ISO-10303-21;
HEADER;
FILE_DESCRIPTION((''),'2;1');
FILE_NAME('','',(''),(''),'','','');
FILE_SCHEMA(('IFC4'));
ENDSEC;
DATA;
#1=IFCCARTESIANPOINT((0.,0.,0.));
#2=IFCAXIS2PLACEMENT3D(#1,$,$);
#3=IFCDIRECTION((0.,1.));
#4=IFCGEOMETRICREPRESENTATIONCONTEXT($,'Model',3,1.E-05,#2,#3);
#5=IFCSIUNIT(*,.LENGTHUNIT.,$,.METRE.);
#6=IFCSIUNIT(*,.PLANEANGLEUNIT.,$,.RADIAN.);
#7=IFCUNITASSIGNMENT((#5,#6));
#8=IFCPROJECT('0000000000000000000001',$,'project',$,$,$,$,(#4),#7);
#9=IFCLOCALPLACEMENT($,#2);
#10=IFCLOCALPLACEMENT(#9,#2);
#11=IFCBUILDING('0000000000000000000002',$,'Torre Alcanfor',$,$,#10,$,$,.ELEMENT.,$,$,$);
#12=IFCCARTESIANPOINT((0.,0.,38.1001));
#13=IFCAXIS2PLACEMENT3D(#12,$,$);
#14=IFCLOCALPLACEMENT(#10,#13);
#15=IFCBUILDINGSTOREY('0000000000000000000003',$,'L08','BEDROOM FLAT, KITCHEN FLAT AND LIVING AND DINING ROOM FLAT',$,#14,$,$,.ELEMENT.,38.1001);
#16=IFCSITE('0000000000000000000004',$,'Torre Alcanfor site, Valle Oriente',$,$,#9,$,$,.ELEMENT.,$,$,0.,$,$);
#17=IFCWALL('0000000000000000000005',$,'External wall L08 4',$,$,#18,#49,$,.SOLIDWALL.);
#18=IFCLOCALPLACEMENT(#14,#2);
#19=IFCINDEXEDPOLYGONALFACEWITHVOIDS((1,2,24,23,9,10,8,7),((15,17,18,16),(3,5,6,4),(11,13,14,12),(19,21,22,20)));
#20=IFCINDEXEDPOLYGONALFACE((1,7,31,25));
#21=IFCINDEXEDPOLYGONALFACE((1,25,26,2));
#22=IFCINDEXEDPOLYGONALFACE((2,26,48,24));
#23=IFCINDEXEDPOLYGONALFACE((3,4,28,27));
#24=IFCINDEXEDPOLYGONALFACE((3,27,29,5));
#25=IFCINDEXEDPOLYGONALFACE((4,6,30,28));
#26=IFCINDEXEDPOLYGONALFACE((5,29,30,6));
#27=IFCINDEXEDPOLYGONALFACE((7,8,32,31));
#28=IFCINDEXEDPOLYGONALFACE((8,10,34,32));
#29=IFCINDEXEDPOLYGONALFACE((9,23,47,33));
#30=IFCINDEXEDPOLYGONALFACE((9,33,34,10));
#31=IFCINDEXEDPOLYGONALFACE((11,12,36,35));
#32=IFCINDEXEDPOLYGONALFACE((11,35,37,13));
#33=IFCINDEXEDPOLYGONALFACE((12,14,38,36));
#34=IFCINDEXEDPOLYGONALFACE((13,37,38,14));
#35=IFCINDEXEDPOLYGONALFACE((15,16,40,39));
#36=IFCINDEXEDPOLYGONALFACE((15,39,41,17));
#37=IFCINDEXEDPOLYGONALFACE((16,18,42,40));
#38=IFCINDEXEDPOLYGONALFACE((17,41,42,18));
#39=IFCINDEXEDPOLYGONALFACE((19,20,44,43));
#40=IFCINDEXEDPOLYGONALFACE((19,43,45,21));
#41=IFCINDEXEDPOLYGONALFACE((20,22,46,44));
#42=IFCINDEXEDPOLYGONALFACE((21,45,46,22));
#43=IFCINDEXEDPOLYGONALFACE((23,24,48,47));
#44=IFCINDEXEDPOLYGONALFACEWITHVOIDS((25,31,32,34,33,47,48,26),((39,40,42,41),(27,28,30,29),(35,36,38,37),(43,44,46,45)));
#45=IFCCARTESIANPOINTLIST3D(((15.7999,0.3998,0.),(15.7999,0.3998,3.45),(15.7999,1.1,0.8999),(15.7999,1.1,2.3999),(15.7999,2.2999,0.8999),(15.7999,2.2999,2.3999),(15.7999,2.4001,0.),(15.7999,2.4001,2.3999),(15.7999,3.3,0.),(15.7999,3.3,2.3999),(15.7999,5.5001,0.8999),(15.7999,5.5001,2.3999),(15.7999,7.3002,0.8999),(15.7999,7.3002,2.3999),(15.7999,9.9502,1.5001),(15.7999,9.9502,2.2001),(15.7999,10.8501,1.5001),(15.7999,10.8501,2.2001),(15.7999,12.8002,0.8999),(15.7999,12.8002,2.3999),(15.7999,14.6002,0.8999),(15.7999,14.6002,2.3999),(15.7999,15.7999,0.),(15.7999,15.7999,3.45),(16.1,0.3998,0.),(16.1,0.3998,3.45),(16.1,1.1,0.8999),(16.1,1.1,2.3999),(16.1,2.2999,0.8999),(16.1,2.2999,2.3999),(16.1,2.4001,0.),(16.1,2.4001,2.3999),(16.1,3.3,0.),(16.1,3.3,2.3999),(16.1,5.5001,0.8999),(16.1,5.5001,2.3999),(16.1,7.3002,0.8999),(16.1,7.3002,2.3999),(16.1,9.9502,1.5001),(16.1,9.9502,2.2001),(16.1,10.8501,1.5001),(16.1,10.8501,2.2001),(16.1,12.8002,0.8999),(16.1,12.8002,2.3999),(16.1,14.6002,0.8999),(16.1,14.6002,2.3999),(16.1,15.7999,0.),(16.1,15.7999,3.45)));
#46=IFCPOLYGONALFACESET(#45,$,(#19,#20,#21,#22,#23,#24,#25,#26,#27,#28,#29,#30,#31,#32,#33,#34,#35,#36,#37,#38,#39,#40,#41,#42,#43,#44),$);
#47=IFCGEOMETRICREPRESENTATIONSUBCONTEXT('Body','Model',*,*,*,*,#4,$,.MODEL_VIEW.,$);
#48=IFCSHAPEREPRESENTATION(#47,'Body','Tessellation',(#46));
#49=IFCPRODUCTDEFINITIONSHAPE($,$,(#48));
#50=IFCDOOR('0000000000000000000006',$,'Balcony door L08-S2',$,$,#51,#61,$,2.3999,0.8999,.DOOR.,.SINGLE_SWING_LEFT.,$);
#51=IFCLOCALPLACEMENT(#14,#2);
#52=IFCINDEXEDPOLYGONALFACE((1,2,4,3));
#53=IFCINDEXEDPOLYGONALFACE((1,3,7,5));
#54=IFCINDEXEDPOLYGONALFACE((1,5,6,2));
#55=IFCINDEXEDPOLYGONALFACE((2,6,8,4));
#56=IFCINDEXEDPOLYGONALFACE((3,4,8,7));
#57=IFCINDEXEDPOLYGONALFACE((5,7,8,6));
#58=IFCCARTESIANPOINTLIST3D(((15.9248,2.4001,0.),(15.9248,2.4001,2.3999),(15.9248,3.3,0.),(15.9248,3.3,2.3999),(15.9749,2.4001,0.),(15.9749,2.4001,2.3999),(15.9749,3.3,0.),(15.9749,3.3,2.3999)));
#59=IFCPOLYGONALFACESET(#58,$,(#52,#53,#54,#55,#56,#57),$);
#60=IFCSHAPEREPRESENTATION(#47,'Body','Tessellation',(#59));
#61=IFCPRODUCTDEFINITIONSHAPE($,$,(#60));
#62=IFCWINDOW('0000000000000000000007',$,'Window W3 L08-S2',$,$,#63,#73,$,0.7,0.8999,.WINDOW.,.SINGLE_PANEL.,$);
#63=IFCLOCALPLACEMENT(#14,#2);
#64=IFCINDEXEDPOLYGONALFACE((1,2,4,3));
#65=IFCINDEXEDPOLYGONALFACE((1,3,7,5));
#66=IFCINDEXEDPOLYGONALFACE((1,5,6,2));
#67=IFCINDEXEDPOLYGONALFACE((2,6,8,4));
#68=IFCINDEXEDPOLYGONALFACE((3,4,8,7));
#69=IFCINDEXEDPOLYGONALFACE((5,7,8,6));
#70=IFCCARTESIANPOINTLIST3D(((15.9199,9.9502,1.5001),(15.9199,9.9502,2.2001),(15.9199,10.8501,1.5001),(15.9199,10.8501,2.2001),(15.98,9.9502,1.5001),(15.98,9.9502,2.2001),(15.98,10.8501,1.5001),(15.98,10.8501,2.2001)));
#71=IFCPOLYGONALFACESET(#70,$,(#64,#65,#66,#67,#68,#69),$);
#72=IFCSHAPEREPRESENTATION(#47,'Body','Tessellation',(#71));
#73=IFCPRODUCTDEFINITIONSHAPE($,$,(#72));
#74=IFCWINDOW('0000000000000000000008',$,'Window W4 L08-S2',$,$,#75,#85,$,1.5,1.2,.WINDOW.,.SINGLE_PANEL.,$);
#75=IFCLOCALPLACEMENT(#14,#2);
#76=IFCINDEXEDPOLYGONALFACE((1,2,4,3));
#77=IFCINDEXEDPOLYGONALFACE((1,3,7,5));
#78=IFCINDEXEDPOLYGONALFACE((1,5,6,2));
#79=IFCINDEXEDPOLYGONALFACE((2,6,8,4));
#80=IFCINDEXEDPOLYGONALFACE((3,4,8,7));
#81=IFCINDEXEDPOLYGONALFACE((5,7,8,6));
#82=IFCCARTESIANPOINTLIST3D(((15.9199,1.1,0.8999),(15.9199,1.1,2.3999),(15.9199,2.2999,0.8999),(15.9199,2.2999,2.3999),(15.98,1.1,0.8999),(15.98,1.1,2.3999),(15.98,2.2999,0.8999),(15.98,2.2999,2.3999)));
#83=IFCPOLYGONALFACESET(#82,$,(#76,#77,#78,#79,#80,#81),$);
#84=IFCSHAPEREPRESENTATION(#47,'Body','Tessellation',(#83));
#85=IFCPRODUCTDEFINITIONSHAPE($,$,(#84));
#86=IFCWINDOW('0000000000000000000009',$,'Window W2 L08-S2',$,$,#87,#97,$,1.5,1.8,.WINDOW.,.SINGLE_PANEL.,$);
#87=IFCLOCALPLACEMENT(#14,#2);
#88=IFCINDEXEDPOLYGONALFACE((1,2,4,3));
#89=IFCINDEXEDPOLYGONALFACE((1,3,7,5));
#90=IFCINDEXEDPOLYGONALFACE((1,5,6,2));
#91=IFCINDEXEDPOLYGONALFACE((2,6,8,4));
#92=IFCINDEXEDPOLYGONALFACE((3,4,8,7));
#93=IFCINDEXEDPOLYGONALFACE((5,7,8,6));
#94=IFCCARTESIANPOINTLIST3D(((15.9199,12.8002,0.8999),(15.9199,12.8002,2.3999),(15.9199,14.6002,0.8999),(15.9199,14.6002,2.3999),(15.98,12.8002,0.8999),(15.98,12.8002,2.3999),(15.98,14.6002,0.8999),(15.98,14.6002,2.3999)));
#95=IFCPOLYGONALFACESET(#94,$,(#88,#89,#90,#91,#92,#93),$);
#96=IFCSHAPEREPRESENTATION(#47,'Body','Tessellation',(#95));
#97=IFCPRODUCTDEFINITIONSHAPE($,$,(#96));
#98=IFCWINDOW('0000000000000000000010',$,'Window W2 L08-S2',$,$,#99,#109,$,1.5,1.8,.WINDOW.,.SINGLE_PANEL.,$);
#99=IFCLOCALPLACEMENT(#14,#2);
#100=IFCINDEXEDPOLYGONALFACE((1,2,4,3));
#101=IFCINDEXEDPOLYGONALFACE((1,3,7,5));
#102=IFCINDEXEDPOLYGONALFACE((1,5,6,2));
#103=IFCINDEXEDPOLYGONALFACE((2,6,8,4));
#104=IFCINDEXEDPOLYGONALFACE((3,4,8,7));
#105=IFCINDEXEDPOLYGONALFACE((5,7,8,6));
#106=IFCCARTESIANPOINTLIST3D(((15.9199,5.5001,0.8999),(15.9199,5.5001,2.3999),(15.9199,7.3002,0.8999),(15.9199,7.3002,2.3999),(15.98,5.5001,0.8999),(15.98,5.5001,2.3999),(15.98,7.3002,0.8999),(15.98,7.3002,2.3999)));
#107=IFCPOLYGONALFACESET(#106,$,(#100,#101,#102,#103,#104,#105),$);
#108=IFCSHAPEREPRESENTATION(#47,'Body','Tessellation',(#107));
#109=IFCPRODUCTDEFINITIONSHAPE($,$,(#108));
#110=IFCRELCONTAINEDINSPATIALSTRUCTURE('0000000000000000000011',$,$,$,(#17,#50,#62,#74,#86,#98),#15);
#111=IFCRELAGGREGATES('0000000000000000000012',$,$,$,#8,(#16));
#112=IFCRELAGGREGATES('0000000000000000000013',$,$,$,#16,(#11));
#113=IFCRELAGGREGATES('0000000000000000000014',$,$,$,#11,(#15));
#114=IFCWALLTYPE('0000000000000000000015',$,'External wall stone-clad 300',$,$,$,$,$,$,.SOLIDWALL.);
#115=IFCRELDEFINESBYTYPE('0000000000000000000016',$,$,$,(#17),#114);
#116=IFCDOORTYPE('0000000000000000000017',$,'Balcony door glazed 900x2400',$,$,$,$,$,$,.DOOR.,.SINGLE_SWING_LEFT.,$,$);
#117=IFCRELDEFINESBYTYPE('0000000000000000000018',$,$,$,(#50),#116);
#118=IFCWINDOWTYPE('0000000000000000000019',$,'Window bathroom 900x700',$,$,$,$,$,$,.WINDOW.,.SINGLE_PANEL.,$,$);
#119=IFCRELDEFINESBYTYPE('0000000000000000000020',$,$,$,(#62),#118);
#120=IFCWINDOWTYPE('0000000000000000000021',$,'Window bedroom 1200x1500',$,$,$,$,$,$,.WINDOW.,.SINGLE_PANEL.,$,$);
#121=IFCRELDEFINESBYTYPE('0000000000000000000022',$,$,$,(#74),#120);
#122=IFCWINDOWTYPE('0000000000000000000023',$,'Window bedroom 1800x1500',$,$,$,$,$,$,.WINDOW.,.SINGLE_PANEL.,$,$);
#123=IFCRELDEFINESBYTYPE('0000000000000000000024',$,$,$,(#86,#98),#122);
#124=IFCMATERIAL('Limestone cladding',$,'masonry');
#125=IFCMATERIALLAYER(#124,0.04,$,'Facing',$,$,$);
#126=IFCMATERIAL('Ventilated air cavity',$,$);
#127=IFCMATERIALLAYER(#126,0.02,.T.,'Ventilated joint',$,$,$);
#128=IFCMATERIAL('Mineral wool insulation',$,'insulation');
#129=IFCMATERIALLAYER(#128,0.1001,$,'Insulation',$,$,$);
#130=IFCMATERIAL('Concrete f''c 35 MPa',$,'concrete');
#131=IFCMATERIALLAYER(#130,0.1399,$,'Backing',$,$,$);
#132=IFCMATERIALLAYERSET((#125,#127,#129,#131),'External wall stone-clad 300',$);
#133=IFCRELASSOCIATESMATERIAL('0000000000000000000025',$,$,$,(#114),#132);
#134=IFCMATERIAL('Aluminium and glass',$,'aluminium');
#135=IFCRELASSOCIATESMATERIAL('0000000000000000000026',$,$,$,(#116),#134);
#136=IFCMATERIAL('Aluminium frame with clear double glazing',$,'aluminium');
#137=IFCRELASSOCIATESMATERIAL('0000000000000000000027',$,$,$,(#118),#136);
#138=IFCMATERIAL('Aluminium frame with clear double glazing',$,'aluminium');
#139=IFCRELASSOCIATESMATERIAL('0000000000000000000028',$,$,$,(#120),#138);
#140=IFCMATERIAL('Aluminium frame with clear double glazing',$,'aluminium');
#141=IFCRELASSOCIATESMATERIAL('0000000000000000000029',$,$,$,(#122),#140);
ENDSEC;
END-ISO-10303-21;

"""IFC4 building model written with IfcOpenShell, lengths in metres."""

from ifc_helpers import new_model, si_unit, direction, frame, frame_2d, origin, place, context, subcontext, project, spatial, rectangle, extrude, material, layer, layer_set, type_object, element, fill, save


model = new_model("IFC4")

# Units and contexts
model_context = context("Model", 3, precision=1e-05, world=origin(), true_north=direction((0.0, 1.0)))
body_context = subcontext(model_context, "Body", "Model", "MODEL_VIEW")
ifc_project = project(units=[si_unit("LENGTHUNIT", "METRE"), si_unit("PLANEANGLEUNIT", "RADIAN")], contexts=[model_context])

# Site, building, storey
site_placement = place(None, origin())
site = spatial("IfcSite", under=ifc_project, at=site_placement, Name="Torre Alcanfor site, Valle Oriente", CompositionType="ELEMENT", RefElevation=0.0)
building_placement = place(site_placement, origin())
building = spatial("IfcBuilding", under=site, at=building_placement, Name="Torre Alcanfor", CompositionType="ELEMENT")
storey_placement = place(building_placement, frame((0.0, 0.0, 38.1001)))
storey = spatial("IfcBuildingStorey", under=building, at=storey_placement, Name="L08", Description="BEDROOM FLAT, KITCHEN FLAT AND LIVING AND DINING ROOM FLAT", CompositionType="ELEMENT", Elevation=38.1001)

# Wall, openings, door, windows
ifc_material_1 = material(Name="Limestone cladding", Category="masonry")
ifc_layer_1 = layer(ifc_material_1, 0.04, Name="Facing")
ifc_material_2 = material(Name="Ventilated air cavity")
ifc_layer_2 = layer(ifc_material_2, 0.02, ventilated=True, Name="Ventilated joint")
ifc_material_3 = material(Name="Mineral wool insulation", Category="insulation")
ifc_layer_3 = layer(ifc_material_3, 0.1001, Name="Insulation")
ifc_material_4 = material(Name="Concrete f'c 35 MPa", Category="concrete")
ifc_layer_4 = layer(ifc_material_4, 0.1399, Name="Backing")
ifc_layer_set_1 = layer_set([ifc_layer_1, ifc_layer_2, ifc_layer_3, ifc_layer_4], Name="External wall stone-clad 300")
wall_type_1 = type_object("IfcWallType", Name="External wall stone-clad 300", PredefinedType="SOLIDWALL", material=ifc_layer_set_1)
ifc_material_5 = material(Name="Aluminium and glass", Category="aluminium")
door_type = type_object("IfcDoorType", Name="Balcony door glazed 900x2400", OperationType="SINGLE_SWING_LEFT", PredefinedType="DOOR", material=ifc_material_5)
ifc_material_6 = material(Name="Aluminium frame with clear double glazing", Category="aluminium")
window_type_1 = type_object("IfcWindowType", Name="Window bathroom 900x700", PartitioningType="SINGLE_PANEL", PredefinedType="WINDOW", material=ifc_material_6)
ifc_material_7 = material(Name="Aluminium frame with clear double glazing", Category="aluminium")
window_type_2 = type_object("IfcWindowType", Name="Window bedroom 1200x1500", PartitioningType="SINGLE_PANEL", PredefinedType="WINDOW", material=ifc_material_7)
ifc_material_8 = material(Name="Aluminium frame with clear double glazing", Category="aluminium")
window_type_3 = type_object("IfcWindowType", Name="Window bedroom 1800x1500", PartitioningType="SINGLE_PANEL", PredefinedType="WINDOW", material=ifc_material_8)
wall_1_placement = place(storey_placement, frame((15.95, 15.8, 0.0), z_axis=(0.0, 0.0, 1.0), x_axis=(0.0, -1.0, 0.0)))
wall_1 = element("IfcWall", 1, at=wall_1_placement, inside=storey, type_object=wall_type_1, Name="External wall L08 4", PredefinedType="SOLIDWALL", context=body_context, shape_type="SweptSolid", body=[
    extrude(rectangle(XDim=15.4001, YDim=0.3, at=frame_2d((7.7002, 0.0))), origin(), (0.0, 0.0, 1.0), 3.45),
])
opening_1_placement = place(wall_1_placement, frame((1.2, 0.0, 0.8999)))
opening_1 = element("IfcOpeningElement", 2, at=opening_1_placement, cuts=wall_1, PredefinedType="OPENING", context=body_context, shape_type="SweptSolid", body=[
    extrude(rectangle(XDim=1.8, YDim=1.5, at=frame_2d((0.8999, 0.75))), frame((0.0, 0.1599, 0.0), z_axis=(0.0, -1.0, 0.0), x_axis=(1.0, 0.0, 0.0)), (0.0, 0.0, 1.0), 0.3201),
])
opening_2_placement = place(wall_1_placement, frame((4.95, 0.0, 1.5)))
opening_2 = element("IfcOpeningElement", 3, at=opening_2_placement, cuts=wall_1, PredefinedType="OPENING", context=body_context, shape_type="SweptSolid", body=[
    extrude(rectangle(XDim=0.8999, YDim=0.7, at=frame_2d((0.45, 0.3501))), frame((0.0, 0.1599, 0.0), z_axis=(0.0, -1.0, 0.0), x_axis=(1.0, 0.0, 0.0)), (0.0, 0.0, 1.0), 0.3201),
])
opening_3_placement = place(wall_1_placement, frame((8.5, 0.0, 0.8999)))
opening_3 = element("IfcOpeningElement", 4, at=opening_3_placement, cuts=wall_1, PredefinedType="OPENING", context=body_context, shape_type="SweptSolid", body=[
    extrude(rectangle(XDim=1.8, YDim=1.5, at=frame_2d((0.8999, 0.75))), frame((0.0, 0.1599, 0.0), z_axis=(0.0, -1.0, 0.0), x_axis=(1.0, 0.0, 0.0)), (0.0, 0.0, 1.0), 0.3201),
])
opening_4_placement = place(wall_1_placement, frame((12.5, 0.0, 0.0)))
opening_4 = element("IfcOpeningElement", 5, at=opening_4_placement, cuts=wall_1, PredefinedType="OPENING", context=body_context, shape_type="SweptSolid", body=[
    extrude(rectangle(XDim=0.8999, YDim=2.3999, at=frame_2d((0.45, 1.2))), frame((0.0, 0.1599, 0.0), z_axis=(0.0, -1.0, 0.0), x_axis=(1.0, 0.0, 0.0)), (0.0, 0.0, 1.0), 0.3201),
])
opening_5_placement = place(wall_1_placement, frame((13.5, 0.0, 0.8999)))
opening_5 = element("IfcOpeningElement", 6, at=opening_5_placement, cuts=wall_1, PredefinedType="OPENING", context=body_context, shape_type="SweptSolid", body=[
    extrude(rectangle(XDim=1.2, YDim=1.5, at=frame_2d((0.6001, 0.75))), frame((0.0, 0.1599, 0.0), z_axis=(0.0, -1.0, 0.0), x_axis=(1.0, 0.0, 0.0)), (0.0, 0.0, 1.0), 0.3201),
])
door_1_placement = place(opening_4_placement, origin())
door_1 = element("IfcDoor", 7, at=door_1_placement, inside=storey, type_object=door_type, Name="Balcony door L08-S2", OperationType="SINGLE_SWING_LEFT", OverallHeight=2.3999, OverallWidth=0.8999, PredefinedType="DOOR", context=body_context, shape_type="SweptSolid", body=[
    extrude(rectangle(XDim=0.8999, YDim=2.3999, at=frame_2d((0.45, 1.2))), frame((0.0, 0.0249, 0.0), z_axis=(0.0, -1.0, 0.0), x_axis=(1.0, 0.0, 0.0)), (0.0, 0.0, 1.0), 0.05),
])
fill(opening_4, door_1)
window_1_placement = place(opening_2_placement, origin())
window_1 = element("IfcWindow", 8, at=window_1_placement, inside=storey, type_object=window_type_1, Name="Window W3 L08-S2", OverallHeight=0.7, OverallWidth=0.8999, PartitioningType="SINGLE_PANEL", PredefinedType="WINDOW", context=body_context, shape_type="SweptSolid", body=[
    extrude(rectangle(XDim=0.8999, YDim=0.7, at=frame_2d((0.45, 0.3501))), frame((0.0, 0.03, 0.0), z_axis=(0.0, -1.0, 0.0), x_axis=(1.0, 0.0, 0.0)), (0.0, 0.0, 1.0), 0.0601),
])
fill(opening_2, window_1)
window_2_placement = place(opening_5_placement, origin())
window_2 = element("IfcWindow", 9, at=window_2_placement, inside=storey, type_object=window_type_2, Name="Window W4 L08-S2", OverallHeight=1.5, OverallWidth=1.2, PartitioningType="SINGLE_PANEL", PredefinedType="WINDOW", context=body_context, shape_type="SweptSolid", body=[
    extrude(rectangle(XDim=1.2, YDim=1.5, at=frame_2d((0.6001, 0.75))), frame((0.0, 0.03, 0.0), z_axis=(0.0, -1.0, 0.0), x_axis=(1.0, 0.0, 0.0)), (0.0, 0.0, 1.0), 0.0601),
])
fill(opening_5, window_2)
window_3_placement = place(opening_1_placement, origin())
window_3 = element("IfcWindow", 10, at=window_3_placement, inside=storey, type_object=window_type_3, Name="Window W2 L08-S2", OverallHeight=1.5, OverallWidth=1.8, PartitioningType="SINGLE_PANEL", PredefinedType="WINDOW", context=body_context, shape_type="SweptSolid", body=[
    extrude(rectangle(XDim=1.8, YDim=1.5, at=frame_2d((0.8999, 0.75))), frame((0.0, 0.03, 0.0), z_axis=(0.0, -1.0, 0.0), x_axis=(1.0, 0.0, 0.0)), (0.0, 0.0, 1.0), 0.0601),
])
fill(opening_1, window_3)
window_4_placement = place(opening_3_placement, origin())
window_4 = element("IfcWindow", 11, at=window_4_placement, inside=storey, type_object=window_type_3, Name="Window W2 L08-S2", OverallHeight=1.5, OverallWidth=1.8, PartitioningType="SINGLE_PANEL", PredefinedType="WINDOW", context=body_context, shape_type="SweptSolid", body=[
    extrude(rectangle(XDim=1.8, YDim=1.5, at=frame_2d((0.8999, 0.75))), frame((0.0, 0.03, 0.0), z_axis=(0.0, -1.0, 0.0), x_axis=(1.0, 0.0, 0.0)), (0.0, 0.0, 1.0), 0.0601),
])
fill(opening_3, window_4)

save(model, "model.ifc")
